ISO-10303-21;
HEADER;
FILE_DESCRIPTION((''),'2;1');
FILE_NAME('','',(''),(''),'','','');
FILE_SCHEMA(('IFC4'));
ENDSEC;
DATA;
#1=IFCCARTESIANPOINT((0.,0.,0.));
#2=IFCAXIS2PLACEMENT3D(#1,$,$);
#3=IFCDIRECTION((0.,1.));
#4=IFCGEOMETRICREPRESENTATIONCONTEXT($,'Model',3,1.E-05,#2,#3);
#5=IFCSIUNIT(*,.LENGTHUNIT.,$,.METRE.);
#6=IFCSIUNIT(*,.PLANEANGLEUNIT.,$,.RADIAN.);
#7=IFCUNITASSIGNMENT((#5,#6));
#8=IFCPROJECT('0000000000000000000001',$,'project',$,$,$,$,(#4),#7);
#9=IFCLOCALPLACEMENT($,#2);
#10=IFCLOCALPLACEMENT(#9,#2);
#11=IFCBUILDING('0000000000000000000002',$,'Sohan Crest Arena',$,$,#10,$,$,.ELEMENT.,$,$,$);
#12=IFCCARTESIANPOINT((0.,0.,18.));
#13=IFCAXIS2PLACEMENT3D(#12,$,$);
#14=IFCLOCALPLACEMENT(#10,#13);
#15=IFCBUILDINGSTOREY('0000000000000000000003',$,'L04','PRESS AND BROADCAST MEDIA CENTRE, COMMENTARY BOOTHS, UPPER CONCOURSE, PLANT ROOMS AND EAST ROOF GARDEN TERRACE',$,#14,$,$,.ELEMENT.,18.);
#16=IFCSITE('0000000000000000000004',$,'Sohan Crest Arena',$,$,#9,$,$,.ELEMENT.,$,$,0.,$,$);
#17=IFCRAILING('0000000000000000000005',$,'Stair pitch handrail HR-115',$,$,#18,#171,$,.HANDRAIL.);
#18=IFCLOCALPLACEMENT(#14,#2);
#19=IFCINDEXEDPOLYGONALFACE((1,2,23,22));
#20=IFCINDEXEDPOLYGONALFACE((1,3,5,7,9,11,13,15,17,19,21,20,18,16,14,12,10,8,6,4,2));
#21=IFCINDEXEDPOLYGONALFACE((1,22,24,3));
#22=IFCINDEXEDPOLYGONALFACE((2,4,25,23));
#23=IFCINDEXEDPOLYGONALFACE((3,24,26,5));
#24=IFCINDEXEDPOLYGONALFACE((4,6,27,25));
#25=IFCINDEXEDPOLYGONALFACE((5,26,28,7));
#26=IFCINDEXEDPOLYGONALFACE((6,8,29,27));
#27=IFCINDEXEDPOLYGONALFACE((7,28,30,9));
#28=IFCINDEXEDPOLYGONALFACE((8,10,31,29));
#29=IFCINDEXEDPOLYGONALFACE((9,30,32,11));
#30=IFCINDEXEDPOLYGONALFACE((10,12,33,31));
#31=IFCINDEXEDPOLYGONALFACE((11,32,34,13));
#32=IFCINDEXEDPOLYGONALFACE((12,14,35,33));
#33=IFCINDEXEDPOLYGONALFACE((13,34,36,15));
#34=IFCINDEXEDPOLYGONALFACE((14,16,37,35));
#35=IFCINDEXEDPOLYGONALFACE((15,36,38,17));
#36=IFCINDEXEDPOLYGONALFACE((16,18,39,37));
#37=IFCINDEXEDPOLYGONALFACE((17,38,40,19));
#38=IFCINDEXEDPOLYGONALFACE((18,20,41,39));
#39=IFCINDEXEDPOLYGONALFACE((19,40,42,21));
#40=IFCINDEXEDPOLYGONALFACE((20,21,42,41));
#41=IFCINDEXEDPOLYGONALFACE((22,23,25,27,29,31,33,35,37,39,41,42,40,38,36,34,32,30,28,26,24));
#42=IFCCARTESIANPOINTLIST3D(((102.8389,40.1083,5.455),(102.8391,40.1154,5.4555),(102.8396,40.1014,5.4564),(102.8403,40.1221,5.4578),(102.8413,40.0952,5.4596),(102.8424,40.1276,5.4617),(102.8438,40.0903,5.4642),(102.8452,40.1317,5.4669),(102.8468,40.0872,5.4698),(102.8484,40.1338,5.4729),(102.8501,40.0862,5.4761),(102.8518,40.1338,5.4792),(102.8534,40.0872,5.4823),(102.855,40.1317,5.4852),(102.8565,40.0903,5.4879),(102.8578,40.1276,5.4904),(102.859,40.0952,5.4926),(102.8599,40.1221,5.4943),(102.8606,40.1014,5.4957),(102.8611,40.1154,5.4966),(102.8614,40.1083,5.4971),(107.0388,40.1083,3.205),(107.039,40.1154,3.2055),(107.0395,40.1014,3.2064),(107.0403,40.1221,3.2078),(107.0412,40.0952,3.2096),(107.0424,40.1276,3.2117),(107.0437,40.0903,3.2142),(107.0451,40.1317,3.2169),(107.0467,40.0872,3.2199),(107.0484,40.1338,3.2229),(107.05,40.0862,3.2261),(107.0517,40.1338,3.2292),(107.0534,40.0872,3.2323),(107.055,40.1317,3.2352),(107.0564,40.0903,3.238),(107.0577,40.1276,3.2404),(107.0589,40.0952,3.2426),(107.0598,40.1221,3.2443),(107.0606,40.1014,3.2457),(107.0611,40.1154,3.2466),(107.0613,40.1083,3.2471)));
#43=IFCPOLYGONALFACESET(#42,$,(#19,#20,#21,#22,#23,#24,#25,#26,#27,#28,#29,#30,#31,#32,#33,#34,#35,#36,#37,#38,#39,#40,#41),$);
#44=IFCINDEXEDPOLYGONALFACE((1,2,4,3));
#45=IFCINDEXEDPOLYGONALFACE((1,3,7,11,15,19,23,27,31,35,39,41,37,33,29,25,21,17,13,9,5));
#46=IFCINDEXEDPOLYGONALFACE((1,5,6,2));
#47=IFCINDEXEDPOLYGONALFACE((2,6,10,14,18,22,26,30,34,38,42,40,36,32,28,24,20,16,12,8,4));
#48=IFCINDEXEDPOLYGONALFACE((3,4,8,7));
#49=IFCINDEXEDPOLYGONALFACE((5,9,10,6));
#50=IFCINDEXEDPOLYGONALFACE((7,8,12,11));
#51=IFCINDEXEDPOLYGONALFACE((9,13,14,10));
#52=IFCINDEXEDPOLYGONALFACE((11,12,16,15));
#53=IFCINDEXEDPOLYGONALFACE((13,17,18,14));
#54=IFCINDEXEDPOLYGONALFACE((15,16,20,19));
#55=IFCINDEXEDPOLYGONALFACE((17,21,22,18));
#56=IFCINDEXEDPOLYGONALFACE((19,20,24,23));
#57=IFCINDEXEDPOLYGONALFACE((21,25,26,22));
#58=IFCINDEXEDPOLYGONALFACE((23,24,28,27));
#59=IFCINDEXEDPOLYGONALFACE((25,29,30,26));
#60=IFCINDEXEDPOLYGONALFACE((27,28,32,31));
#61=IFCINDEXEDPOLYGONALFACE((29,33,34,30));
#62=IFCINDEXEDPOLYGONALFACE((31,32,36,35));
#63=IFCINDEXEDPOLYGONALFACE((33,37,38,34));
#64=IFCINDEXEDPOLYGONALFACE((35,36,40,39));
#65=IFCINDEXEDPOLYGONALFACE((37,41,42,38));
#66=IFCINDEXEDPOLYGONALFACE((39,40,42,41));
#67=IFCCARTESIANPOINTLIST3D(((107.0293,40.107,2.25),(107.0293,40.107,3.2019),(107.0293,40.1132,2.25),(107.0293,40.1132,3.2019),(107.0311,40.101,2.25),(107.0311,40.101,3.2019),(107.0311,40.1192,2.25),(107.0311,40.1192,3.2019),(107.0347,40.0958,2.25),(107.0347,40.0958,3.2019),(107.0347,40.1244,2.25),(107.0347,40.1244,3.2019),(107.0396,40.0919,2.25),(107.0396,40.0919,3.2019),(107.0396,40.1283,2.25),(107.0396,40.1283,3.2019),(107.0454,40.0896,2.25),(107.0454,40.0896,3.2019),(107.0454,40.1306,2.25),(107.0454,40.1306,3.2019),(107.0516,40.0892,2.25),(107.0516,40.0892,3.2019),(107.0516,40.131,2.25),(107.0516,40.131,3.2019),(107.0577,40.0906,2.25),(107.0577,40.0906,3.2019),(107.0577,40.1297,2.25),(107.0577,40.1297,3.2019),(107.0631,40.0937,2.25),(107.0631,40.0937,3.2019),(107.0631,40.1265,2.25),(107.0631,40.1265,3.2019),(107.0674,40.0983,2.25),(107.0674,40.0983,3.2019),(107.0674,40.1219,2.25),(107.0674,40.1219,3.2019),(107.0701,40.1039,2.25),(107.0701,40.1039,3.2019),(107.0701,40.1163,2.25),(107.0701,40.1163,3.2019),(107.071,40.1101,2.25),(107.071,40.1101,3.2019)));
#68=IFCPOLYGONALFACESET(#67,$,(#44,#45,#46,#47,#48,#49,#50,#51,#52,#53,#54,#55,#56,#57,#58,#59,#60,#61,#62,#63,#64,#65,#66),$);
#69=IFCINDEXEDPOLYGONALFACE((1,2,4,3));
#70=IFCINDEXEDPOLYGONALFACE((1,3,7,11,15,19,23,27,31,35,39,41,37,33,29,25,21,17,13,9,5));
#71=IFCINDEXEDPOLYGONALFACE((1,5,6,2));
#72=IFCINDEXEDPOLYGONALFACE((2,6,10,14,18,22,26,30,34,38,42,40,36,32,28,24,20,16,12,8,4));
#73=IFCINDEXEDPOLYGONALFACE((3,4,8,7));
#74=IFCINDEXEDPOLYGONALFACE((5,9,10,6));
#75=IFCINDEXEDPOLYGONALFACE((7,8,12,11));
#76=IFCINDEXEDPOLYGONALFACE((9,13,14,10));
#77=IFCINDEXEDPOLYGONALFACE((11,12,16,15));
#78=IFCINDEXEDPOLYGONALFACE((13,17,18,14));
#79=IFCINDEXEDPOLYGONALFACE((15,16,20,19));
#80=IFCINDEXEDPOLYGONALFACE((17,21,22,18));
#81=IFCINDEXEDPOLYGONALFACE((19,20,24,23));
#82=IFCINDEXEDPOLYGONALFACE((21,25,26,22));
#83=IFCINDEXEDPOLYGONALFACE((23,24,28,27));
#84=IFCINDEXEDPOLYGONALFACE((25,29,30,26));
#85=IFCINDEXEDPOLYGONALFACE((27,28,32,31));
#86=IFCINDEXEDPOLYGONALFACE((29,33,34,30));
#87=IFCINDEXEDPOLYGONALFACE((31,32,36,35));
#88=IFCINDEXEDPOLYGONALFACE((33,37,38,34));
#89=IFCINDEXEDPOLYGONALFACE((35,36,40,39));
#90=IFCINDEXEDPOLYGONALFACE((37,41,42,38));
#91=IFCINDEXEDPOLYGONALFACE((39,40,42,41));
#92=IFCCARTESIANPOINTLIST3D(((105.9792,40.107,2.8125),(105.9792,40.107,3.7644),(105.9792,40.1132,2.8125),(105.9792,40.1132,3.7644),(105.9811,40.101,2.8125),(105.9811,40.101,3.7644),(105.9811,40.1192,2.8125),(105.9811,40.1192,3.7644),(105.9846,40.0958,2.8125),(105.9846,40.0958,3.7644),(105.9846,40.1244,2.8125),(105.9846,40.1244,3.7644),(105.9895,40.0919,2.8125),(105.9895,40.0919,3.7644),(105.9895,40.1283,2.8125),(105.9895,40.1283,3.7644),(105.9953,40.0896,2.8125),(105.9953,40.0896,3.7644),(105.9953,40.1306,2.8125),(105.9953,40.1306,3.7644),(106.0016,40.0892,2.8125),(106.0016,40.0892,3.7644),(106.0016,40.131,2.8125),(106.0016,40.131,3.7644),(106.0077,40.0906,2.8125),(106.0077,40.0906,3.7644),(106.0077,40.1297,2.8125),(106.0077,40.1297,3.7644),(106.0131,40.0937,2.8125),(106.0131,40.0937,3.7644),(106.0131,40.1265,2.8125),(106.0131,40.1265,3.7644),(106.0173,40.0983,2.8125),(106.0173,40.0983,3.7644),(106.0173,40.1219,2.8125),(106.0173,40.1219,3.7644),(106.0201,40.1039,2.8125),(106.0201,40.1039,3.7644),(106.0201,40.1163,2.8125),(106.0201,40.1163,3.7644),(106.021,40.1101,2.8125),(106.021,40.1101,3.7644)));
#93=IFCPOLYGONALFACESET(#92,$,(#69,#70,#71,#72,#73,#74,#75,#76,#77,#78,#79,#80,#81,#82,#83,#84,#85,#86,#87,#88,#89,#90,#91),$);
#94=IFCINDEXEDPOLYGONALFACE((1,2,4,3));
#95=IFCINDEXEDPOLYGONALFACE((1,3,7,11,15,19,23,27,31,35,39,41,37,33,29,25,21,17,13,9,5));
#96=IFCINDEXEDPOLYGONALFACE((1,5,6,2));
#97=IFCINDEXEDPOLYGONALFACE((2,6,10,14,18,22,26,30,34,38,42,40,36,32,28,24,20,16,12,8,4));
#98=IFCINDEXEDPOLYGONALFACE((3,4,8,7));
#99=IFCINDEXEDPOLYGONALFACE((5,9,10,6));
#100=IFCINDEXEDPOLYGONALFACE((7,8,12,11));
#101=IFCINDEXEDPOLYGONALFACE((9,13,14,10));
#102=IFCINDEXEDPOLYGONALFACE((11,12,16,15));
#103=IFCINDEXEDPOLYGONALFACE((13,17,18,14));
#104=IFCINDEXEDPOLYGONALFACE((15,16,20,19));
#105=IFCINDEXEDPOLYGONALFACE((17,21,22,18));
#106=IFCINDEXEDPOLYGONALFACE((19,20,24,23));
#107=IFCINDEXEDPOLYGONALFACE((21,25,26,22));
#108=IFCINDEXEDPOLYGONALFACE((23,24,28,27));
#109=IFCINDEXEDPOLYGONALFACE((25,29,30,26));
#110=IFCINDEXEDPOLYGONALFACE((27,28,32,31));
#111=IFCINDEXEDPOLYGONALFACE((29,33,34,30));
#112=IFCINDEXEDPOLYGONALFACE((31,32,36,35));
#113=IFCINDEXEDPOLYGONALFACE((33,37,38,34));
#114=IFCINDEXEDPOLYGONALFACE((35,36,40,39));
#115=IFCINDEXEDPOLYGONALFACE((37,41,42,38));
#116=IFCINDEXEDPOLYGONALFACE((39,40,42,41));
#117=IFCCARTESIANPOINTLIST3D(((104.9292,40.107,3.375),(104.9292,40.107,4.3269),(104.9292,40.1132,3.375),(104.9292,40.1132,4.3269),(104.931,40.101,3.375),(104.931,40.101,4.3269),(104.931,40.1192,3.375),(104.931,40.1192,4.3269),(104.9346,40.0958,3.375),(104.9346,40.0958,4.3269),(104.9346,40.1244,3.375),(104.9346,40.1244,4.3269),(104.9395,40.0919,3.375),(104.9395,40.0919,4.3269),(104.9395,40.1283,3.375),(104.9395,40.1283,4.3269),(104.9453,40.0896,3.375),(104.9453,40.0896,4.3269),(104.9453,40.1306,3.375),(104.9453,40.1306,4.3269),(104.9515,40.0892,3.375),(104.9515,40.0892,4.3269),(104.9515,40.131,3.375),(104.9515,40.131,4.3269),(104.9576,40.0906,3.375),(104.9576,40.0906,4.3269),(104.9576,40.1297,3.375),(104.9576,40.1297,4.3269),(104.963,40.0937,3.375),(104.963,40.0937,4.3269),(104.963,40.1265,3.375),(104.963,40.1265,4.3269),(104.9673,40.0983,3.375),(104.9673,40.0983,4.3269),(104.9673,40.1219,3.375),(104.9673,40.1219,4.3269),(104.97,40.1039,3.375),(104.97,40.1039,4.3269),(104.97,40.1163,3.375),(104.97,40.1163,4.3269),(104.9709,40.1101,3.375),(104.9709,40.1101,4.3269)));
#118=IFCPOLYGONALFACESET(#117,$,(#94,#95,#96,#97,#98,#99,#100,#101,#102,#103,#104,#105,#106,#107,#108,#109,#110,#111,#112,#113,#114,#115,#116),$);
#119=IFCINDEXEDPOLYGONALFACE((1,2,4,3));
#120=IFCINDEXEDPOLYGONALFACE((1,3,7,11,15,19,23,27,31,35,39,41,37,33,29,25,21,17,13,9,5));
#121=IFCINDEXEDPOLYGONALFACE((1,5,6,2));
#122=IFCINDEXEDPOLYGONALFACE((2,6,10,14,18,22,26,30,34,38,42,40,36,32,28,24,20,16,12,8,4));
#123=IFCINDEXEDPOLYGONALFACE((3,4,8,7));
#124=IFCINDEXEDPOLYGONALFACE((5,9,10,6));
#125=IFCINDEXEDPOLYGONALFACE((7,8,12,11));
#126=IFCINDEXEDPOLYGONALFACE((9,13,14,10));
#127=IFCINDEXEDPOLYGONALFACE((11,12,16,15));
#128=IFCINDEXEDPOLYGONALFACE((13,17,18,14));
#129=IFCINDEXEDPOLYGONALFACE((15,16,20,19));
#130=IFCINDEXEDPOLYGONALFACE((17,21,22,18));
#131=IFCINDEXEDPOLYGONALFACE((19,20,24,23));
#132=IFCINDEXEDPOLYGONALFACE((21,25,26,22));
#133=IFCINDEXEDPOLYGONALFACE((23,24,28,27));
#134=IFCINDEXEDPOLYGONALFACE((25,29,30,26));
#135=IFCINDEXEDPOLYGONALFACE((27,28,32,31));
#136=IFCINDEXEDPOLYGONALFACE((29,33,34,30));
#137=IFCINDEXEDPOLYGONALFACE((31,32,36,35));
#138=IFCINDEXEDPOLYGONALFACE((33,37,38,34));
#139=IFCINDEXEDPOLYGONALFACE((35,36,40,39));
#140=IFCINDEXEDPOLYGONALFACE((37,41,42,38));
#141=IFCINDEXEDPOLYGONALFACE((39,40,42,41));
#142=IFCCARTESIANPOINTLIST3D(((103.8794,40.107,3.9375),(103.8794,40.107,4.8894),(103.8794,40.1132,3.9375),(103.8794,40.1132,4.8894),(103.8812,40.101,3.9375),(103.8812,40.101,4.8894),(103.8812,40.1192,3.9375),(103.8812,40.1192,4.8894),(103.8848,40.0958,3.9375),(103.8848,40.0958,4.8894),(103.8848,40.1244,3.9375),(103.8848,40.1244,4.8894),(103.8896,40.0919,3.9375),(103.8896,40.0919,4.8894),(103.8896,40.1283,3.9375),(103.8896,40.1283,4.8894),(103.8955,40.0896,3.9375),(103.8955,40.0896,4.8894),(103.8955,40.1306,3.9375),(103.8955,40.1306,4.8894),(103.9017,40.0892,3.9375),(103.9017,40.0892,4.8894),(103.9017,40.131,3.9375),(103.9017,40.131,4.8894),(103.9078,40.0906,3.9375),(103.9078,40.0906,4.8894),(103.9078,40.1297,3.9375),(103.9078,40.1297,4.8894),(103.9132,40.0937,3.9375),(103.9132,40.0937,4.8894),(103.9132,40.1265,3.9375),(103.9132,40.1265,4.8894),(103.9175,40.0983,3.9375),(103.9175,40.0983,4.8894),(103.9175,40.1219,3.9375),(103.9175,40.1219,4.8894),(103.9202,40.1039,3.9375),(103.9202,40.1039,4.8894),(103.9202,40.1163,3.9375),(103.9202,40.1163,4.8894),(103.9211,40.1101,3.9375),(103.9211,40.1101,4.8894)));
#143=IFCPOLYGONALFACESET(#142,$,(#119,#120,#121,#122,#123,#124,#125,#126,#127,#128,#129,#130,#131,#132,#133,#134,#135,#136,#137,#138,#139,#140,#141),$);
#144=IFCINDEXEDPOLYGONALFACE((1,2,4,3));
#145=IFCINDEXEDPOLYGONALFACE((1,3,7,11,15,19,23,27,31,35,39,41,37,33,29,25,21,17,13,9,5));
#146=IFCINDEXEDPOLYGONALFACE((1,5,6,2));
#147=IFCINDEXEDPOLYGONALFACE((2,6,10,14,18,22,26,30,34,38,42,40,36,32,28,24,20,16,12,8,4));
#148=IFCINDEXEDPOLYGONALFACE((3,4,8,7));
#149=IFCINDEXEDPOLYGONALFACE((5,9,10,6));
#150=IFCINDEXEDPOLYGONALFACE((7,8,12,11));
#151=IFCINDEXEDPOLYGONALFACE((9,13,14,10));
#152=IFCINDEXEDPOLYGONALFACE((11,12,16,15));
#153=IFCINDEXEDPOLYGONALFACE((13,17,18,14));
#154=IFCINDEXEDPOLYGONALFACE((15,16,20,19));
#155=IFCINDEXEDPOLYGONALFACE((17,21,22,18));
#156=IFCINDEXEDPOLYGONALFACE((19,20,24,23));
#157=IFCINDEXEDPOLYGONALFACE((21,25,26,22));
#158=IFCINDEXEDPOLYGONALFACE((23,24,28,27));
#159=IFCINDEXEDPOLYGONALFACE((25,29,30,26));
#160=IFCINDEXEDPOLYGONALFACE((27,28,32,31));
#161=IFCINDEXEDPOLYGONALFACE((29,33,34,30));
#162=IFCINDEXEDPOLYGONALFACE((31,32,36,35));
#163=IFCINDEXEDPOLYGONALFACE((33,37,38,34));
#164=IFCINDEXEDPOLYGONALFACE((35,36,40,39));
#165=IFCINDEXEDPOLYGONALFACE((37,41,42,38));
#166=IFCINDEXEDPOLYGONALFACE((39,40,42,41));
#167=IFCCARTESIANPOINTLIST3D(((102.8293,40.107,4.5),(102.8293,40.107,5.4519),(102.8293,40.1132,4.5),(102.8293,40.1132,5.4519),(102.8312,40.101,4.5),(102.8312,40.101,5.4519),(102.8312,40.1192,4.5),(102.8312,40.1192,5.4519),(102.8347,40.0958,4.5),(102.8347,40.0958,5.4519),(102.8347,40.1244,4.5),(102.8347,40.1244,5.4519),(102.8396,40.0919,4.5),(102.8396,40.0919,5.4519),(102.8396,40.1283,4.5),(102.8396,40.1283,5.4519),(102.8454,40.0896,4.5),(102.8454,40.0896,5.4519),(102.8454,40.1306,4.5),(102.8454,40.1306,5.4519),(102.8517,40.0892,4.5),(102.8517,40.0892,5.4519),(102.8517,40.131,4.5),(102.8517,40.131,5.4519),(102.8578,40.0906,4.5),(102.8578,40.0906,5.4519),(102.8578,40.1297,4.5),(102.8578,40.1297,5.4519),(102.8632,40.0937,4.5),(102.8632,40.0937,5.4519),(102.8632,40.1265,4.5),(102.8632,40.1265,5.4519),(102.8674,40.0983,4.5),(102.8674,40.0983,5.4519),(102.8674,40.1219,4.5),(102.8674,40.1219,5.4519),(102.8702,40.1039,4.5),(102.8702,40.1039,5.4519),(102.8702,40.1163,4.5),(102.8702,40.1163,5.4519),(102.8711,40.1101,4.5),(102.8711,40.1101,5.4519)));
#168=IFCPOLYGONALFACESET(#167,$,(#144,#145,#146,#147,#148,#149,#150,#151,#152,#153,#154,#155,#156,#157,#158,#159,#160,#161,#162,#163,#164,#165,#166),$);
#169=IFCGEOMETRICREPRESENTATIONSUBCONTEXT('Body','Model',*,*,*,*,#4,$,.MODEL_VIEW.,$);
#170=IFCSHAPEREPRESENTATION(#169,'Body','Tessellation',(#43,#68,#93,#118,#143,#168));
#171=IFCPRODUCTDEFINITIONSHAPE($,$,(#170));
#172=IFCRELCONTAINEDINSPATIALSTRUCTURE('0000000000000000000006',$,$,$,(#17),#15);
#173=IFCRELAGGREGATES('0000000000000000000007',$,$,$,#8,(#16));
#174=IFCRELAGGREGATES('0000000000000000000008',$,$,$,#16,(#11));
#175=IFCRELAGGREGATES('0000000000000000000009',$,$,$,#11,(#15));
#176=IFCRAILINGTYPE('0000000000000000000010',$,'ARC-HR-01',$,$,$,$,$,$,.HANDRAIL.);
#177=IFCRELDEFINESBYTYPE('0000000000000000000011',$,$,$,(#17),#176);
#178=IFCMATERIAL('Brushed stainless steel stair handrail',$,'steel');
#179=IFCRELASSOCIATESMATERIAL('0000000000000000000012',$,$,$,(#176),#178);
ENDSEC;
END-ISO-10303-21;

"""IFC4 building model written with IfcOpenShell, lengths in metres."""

from ifc_helpers import new_model, si_unit, direction, frame, origin, origin_2d, place, context, subcontext, project, spatial, circle, extrude, material, type_object, element, save


model = new_model("IFC4")

# Units and contexts
model_context = context("Model", 3, precision=1e-05, world=origin(), true_north=direction((0.0, 1.0)))
body_context = subcontext(model_context, "Body", "Model", "MODEL_VIEW")
ifc_project = project(units=[si_unit("LENGTHUNIT", "METRE"), si_unit("PLANEANGLEUNIT", "RADIAN")], contexts=[model_context])

# Site, building, storey
site_placement = place(None, origin())
site = spatial("IfcSite", under=ifc_project, at=site_placement, Name="Sohan Crest Arena", CompositionType="ELEMENT", RefElevation=0.0)
building_placement = place(site_placement, origin())
building = spatial("IfcBuilding", under=site, at=building_placement, Name="Sohan Crest Arena", CompositionType="ELEMENT")
storey_placement = place(building_placement, frame((0.0, 0.0, 18.0)))
storey = spatial("IfcBuildingStorey", under=building, at=storey_placement, Name="L04", Description="PRESS AND BROADCAST MEDIA CENTRE, COMMENTARY BOOTHS, UPPER CONCOURSE, PLANT ROOMS AND EAST ROOF GARDEN TERRACE", CompositionType="ELEMENT", Elevation=18.0)

# Railing
ifc_material_1 = material(Name="Brushed stainless steel stair handrail", Category="steel")
railing_type_1 = type_object("IfcRailingType", Name="ARC-HR-01", PredefinedType="HANDRAIL", material=ifc_material_1)
railing_1_placement = place(storey_placement, frame((107.05, 40.1101, 2.25)))
element("IfcRailing", 1, at=railing_1_placement, inside=storey, type_object=railing_type_1, Name="Stair pitch handrail HR-115", PredefinedType="HANDRAIL", context=body_context, shape_type="SweptSolid", body=[
    extrude(circle(Radius=0.0239, at=origin_2d()), frame((0.0, 0.0, 0.9761), z_axis=(-0.881478, 0.0, 0.472226), x_axis=(0.0, -1.0, 0.0)), (0.0, 0.0, 1.0), 4.7646),
    extrude(circle(Radius=0.021, at=origin_2d()), origin(), (0.0, 0.0, 1.0), 0.9519),
    extrude(circle(Radius=0.021, at=origin_2d()), frame((-1.05, 0.0, 0.5625)), (0.0, 0.0, 1.0), 0.9519),
    extrude(circle(Radius=0.021, at=origin_2d()), frame((-2.1001, 0.0, 1.125)), (0.0, 0.0, 1.0), 0.9519),
    extrude(circle(Radius=0.021, at=origin_2d()), frame((-3.1499, 0.0, 1.6875)), (0.0, 0.0, 1.0), 0.9519),
    extrude(circle(Radius=0.021, at=origin_2d()), frame((-4.2, 0.0, 2.25)), (0.0, 0.0, 1.0), 0.9519),
])

save(model, "model.ifc")
